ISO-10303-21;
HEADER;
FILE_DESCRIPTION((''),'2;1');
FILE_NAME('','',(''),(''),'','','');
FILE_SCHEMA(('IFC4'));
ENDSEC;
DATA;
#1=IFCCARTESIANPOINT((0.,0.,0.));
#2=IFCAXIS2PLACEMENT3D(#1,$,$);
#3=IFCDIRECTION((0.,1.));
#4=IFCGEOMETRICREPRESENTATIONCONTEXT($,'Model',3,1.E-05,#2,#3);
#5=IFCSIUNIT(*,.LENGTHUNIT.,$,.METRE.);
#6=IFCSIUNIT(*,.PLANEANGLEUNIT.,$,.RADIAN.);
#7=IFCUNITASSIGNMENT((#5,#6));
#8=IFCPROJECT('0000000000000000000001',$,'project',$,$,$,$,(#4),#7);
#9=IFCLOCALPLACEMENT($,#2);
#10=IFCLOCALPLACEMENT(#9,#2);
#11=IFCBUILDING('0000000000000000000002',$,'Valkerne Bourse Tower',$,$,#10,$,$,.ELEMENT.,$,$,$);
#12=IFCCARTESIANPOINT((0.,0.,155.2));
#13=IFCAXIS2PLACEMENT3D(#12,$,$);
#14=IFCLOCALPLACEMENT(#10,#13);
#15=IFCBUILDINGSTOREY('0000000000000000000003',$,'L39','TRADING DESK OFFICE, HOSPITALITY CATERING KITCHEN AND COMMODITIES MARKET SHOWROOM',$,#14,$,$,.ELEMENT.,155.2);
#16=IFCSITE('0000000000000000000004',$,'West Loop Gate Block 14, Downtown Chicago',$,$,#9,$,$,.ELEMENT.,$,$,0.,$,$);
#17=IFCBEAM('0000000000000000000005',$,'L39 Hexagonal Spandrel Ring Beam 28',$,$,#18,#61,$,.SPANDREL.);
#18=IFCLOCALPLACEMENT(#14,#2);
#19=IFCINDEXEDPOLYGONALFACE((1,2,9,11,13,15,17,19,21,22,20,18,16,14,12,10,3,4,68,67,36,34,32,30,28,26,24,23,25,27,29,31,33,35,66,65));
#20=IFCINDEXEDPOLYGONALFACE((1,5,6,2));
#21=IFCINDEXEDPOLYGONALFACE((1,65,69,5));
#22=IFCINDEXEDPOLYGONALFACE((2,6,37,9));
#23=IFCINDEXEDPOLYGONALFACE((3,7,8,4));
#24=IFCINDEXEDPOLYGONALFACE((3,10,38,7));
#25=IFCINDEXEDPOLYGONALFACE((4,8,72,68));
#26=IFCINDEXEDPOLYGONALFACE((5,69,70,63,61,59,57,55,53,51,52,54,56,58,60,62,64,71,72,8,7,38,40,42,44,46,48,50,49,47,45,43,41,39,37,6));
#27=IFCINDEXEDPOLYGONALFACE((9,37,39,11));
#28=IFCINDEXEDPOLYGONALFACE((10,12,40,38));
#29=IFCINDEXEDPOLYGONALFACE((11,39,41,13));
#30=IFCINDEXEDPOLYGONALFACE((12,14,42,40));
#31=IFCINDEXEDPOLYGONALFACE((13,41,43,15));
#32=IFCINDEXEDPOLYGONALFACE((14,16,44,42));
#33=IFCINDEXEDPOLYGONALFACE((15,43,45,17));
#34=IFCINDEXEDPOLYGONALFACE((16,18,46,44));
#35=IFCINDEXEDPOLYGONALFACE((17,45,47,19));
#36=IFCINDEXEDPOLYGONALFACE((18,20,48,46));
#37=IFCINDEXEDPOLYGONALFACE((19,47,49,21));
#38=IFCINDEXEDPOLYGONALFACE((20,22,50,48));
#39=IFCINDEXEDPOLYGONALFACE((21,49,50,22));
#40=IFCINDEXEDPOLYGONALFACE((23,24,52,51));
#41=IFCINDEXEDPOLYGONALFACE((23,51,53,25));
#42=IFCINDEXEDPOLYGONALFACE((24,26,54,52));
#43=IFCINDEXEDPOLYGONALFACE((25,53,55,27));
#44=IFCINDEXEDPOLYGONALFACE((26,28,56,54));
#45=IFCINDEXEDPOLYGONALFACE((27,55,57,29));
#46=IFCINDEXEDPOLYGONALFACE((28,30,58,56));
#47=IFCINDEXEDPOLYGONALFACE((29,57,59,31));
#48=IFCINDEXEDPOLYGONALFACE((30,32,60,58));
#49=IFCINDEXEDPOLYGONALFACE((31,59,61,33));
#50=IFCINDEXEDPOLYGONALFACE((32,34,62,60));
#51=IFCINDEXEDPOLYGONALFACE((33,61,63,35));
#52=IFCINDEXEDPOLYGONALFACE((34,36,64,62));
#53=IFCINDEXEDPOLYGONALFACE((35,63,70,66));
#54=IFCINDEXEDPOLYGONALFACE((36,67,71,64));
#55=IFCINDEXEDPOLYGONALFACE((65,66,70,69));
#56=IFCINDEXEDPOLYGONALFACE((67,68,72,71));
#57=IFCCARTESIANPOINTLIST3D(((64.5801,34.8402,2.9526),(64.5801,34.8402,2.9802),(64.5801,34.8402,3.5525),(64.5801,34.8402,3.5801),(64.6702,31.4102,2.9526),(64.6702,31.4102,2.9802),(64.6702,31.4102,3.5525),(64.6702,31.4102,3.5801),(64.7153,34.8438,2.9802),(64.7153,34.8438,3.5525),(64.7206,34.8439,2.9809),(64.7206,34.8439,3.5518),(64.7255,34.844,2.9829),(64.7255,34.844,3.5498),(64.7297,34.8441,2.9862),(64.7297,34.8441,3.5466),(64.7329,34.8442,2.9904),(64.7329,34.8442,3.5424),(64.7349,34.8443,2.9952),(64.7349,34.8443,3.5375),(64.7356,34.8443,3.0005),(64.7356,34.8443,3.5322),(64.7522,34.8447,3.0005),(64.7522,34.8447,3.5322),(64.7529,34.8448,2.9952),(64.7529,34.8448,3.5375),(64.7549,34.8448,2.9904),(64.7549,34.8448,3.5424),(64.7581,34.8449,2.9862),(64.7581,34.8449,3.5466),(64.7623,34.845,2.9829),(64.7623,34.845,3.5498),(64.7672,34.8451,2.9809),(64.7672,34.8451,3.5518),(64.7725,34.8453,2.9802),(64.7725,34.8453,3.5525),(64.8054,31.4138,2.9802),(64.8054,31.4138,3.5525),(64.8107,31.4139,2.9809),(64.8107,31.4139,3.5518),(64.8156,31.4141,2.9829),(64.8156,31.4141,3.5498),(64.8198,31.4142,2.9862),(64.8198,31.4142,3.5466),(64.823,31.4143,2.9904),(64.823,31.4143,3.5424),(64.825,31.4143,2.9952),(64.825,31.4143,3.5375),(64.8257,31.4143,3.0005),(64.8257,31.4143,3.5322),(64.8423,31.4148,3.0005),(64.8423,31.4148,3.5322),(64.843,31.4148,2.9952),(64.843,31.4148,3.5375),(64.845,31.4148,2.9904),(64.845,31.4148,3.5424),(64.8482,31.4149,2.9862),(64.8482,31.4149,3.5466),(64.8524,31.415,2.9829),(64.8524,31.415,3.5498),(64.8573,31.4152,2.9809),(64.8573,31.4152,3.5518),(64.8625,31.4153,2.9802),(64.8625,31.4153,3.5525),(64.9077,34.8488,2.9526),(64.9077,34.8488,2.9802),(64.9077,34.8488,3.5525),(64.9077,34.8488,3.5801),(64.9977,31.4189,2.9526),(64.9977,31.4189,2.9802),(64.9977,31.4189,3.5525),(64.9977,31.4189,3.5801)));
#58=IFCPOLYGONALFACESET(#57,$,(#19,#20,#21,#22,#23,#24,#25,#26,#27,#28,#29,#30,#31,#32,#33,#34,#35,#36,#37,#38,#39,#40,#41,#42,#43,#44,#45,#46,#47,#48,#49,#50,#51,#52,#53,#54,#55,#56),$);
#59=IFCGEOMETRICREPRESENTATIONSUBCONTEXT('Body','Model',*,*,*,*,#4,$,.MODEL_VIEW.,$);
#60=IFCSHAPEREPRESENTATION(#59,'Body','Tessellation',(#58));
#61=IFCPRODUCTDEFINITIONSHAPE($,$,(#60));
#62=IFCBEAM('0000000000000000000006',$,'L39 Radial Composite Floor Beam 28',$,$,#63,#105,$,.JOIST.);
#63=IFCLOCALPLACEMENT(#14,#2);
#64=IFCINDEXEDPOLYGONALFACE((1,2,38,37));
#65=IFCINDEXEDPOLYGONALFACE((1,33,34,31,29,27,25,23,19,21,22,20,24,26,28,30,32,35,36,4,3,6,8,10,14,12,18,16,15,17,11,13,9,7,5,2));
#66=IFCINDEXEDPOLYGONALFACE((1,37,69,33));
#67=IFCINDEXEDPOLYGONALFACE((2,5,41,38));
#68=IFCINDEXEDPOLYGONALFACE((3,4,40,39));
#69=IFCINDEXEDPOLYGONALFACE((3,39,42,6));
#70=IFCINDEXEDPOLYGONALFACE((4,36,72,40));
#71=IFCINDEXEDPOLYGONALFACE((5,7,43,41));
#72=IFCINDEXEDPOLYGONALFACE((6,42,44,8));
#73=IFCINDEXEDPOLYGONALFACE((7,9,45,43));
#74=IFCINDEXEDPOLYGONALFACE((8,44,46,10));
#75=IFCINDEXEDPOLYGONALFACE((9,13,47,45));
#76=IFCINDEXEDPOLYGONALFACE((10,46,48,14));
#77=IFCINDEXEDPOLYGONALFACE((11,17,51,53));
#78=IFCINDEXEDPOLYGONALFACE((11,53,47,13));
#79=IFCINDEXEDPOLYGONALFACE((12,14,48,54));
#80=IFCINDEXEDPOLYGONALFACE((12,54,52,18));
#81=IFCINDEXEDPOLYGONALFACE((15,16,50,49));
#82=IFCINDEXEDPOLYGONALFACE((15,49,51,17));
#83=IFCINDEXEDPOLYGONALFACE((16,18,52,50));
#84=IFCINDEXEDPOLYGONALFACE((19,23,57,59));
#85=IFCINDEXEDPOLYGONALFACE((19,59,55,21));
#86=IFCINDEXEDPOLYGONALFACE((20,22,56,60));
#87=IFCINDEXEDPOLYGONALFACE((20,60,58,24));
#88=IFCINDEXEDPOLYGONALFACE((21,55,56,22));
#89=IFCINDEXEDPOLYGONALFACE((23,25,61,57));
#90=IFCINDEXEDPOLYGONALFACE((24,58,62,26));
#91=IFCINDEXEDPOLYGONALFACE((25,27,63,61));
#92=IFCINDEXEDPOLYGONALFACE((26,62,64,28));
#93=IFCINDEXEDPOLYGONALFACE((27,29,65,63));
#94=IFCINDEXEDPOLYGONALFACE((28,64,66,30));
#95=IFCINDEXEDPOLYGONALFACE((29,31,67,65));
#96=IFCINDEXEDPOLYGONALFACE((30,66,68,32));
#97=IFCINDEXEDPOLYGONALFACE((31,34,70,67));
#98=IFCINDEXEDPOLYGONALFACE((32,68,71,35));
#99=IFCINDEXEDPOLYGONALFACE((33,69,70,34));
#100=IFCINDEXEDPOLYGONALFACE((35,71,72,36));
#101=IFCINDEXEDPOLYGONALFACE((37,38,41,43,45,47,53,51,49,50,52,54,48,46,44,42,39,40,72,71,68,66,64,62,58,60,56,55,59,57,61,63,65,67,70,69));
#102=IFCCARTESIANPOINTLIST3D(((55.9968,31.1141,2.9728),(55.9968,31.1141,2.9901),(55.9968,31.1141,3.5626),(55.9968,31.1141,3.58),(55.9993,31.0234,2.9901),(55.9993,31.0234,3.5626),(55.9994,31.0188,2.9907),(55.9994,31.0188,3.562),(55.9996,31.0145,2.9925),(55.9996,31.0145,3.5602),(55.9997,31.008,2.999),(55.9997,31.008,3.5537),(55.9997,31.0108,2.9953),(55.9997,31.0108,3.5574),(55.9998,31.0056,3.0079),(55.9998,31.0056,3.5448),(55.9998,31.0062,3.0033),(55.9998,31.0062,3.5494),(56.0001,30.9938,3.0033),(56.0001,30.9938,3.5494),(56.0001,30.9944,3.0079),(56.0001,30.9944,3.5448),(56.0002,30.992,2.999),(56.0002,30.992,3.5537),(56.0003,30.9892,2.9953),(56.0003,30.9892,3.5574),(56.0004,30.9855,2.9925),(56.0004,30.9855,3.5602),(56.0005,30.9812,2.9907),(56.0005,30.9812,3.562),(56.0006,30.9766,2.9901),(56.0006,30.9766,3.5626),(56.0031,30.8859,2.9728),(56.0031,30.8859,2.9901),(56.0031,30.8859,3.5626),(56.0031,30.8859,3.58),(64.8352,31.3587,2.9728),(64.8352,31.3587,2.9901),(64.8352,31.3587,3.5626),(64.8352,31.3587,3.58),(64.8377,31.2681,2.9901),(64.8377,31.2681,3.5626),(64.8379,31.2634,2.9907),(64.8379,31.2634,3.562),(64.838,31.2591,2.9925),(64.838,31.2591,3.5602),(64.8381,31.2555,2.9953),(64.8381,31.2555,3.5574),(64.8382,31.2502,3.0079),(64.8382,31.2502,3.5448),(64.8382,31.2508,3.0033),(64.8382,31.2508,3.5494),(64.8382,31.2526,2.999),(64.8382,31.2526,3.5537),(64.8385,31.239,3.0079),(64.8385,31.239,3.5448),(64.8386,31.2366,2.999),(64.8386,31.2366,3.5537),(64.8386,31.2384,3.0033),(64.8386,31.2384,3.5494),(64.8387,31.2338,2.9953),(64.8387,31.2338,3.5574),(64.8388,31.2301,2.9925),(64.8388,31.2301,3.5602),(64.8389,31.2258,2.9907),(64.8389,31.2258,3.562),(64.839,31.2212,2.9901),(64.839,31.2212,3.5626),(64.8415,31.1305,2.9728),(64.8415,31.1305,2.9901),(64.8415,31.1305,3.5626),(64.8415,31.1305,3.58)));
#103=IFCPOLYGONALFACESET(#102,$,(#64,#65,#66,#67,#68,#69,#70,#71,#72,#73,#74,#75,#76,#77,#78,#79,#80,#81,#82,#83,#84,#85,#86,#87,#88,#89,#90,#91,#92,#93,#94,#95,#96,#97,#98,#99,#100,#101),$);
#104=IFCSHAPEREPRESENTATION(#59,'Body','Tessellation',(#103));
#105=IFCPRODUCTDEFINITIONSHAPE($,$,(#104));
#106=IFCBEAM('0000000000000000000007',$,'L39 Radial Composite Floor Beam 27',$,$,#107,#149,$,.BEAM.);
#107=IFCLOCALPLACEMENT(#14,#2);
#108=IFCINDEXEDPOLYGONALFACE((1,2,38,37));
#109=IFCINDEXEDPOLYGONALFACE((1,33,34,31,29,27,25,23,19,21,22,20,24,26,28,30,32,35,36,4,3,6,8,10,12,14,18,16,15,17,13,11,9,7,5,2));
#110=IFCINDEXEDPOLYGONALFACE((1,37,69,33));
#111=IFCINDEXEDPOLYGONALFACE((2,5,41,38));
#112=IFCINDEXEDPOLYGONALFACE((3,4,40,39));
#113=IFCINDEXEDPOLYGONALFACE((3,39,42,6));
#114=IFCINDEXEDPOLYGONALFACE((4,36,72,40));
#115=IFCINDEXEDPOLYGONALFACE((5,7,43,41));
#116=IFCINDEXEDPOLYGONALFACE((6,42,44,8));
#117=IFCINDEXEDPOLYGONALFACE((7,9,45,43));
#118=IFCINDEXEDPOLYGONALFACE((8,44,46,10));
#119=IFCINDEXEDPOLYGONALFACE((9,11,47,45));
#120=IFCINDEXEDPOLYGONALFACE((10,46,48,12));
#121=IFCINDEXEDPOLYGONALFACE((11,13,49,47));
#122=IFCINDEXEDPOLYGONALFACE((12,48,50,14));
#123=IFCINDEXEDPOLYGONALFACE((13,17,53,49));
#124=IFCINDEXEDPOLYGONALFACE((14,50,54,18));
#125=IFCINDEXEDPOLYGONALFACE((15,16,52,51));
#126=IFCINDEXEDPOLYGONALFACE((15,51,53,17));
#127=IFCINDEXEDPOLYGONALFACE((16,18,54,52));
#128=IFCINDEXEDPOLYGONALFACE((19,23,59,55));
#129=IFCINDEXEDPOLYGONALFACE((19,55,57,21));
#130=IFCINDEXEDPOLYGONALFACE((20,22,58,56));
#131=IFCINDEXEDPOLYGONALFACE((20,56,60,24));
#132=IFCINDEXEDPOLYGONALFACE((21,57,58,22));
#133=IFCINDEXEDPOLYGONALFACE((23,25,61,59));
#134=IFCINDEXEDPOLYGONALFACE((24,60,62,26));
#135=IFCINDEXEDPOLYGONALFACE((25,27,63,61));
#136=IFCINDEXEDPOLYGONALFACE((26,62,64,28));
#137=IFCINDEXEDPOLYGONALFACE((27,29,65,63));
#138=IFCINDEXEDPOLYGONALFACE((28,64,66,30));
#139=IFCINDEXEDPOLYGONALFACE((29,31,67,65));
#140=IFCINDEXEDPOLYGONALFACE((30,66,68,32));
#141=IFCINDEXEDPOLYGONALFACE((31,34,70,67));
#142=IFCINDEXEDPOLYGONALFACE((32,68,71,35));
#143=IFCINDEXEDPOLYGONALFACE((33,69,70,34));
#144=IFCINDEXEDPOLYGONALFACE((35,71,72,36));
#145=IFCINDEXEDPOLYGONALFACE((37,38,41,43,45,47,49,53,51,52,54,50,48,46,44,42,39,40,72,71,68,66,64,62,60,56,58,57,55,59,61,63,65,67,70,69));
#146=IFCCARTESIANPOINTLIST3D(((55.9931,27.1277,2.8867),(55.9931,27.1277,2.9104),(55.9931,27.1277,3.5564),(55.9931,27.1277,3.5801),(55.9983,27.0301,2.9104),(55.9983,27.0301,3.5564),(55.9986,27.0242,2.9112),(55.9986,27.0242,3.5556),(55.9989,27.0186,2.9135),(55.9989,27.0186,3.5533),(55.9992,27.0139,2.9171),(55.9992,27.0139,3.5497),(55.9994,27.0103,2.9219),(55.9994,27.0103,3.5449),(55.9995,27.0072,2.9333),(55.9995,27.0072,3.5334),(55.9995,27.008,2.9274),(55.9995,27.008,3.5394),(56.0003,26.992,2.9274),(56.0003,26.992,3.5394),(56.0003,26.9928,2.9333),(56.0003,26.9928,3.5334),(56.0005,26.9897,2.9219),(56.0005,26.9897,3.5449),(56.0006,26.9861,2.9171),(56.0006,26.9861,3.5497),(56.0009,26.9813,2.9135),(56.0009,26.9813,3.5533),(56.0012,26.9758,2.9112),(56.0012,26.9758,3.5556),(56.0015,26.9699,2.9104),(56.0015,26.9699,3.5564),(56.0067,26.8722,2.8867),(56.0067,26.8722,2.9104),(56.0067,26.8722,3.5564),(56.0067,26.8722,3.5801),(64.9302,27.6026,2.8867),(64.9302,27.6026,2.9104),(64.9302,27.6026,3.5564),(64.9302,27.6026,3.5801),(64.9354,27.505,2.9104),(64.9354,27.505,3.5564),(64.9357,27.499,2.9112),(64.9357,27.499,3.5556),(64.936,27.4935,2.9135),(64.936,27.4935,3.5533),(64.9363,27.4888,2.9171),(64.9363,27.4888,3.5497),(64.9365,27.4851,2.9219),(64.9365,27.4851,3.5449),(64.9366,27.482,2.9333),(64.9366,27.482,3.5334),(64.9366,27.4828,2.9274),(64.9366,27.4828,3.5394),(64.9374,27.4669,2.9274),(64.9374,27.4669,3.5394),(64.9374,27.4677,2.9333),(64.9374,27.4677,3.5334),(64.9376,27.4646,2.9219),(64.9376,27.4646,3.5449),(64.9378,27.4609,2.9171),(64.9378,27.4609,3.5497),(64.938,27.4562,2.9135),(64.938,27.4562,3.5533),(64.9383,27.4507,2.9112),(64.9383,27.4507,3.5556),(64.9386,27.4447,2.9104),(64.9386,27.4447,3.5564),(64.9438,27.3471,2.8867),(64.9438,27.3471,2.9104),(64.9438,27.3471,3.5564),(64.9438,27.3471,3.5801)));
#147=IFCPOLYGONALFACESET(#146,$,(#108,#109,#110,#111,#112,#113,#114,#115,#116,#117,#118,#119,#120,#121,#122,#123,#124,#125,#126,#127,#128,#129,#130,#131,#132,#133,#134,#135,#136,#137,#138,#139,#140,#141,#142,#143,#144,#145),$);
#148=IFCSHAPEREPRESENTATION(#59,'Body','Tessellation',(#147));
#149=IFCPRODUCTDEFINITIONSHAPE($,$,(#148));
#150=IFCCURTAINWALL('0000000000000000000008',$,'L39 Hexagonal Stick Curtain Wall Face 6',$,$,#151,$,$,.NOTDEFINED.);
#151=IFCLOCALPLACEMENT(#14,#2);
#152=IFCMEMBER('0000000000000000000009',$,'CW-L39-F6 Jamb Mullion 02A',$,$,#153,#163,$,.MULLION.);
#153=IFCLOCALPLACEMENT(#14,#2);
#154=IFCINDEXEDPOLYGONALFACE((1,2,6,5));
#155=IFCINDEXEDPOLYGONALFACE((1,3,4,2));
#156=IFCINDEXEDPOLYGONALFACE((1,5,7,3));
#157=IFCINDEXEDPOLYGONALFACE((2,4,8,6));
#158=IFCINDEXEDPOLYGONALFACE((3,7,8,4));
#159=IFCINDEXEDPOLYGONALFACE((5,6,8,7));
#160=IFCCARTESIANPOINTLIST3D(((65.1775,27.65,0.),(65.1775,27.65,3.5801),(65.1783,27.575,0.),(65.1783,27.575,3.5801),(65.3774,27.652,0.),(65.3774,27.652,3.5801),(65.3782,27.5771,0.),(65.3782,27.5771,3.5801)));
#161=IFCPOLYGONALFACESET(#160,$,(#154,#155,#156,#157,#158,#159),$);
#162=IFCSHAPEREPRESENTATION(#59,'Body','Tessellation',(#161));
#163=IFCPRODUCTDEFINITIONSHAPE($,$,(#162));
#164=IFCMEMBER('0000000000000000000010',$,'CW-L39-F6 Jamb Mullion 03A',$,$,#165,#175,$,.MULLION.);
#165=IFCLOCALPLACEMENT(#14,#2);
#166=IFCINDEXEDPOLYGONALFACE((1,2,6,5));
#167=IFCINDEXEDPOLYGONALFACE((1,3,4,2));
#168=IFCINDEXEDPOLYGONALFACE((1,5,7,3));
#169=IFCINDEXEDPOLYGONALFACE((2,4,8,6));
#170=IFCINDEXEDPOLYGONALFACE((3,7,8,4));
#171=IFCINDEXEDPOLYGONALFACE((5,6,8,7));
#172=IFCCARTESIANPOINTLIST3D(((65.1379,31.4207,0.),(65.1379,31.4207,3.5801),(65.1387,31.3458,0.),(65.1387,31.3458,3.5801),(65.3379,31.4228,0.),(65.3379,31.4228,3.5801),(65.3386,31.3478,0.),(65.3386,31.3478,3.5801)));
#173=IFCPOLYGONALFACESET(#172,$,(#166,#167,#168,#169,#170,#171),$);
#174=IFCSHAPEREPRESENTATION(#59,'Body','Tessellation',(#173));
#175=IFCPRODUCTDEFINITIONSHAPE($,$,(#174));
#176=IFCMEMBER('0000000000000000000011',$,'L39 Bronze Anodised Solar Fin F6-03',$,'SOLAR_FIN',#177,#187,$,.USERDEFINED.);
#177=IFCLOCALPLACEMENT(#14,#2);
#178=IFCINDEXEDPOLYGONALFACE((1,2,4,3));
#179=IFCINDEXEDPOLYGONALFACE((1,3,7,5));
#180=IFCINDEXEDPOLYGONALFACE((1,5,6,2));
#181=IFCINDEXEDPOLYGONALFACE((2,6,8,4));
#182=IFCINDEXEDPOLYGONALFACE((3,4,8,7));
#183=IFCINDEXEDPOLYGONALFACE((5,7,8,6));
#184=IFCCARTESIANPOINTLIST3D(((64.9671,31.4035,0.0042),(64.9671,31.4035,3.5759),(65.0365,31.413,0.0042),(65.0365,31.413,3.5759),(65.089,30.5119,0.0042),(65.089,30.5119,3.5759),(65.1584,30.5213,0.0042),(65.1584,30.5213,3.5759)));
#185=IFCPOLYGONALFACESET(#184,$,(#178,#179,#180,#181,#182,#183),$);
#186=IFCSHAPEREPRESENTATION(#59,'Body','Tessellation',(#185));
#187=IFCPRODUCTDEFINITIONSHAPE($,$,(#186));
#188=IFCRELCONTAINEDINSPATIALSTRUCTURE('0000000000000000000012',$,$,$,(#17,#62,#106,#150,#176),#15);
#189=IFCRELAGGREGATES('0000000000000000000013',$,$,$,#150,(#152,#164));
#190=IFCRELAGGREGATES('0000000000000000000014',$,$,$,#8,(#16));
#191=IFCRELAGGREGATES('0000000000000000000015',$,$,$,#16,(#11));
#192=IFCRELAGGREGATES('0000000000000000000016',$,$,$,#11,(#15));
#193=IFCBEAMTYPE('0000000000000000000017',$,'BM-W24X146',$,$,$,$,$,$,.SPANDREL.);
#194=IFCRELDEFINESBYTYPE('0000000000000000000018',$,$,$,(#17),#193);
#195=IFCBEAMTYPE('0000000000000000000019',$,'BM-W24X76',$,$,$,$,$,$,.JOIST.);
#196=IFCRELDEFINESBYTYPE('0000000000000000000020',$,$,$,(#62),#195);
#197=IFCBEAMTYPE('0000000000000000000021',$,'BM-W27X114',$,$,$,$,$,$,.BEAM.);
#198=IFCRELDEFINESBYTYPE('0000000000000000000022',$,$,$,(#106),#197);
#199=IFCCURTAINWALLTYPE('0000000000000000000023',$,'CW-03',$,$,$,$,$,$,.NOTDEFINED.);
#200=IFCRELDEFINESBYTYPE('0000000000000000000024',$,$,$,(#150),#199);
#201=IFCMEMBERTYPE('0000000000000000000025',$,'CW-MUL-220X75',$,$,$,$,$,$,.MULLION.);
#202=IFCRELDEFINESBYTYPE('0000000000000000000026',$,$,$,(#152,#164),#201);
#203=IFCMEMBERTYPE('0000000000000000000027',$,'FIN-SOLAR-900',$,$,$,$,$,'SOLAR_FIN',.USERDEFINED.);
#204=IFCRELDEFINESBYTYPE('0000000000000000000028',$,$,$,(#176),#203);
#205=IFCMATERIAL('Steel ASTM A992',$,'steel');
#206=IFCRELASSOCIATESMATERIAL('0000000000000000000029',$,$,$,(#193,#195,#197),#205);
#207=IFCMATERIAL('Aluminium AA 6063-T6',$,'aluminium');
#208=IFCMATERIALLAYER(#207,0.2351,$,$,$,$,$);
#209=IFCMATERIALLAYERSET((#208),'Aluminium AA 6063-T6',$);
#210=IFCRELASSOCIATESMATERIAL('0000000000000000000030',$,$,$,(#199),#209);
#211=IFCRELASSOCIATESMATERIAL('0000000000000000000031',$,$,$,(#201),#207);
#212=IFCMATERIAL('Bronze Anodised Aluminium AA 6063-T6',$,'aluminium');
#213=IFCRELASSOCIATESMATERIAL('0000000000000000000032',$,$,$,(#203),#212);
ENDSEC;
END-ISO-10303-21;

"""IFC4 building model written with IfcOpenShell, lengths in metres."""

from ifc_helpers import new_model, si_unit, direction, frame, origin, origin_2d, place, context, subcontext, project, spatial, rectangle, i_section, extrude, material, layer, layer_set, material_profile, profile_set, type_object, element, aggregate, save


model = new_model("IFC4")

# Units and contexts
model_context = context("Model", 3, precision=1e-05, world=origin(), true_north=direction((0.0, 1.0)))
body_context = subcontext(model_context, "Body", "Model", "MODEL_VIEW")
ifc_project = project(units=[si_unit("LENGTHUNIT", "METRE"), si_unit("PLANEANGLEUNIT", "RADIAN")], contexts=[model_context])

# Site, building, storey
site_placement = place(None, origin())
site = spatial("IfcSite", under=ifc_project, at=site_placement, Name="West Loop Gate Block 14, Downtown Chicago", CompositionType="ELEMENT", RefElevation=0.0)
building_placement = place(site_placement, origin())
building = spatial("IfcBuilding", under=site, at=building_placement, Name="Valkerne Bourse Tower", CompositionType="ELEMENT")
storey_placement = place(building_placement, frame((0.0, 0.0, 155.2)))
storey = spatial("IfcBuildingStorey", under=building, at=storey_placement, Name="L39", Description="TRADING DESK OFFICE, HOSPITALITY CATERING KITCHEN AND COMMODITIES MARKET SHOWROOM", CompositionType="ELEMENT", Elevation=155.2)

# Beams
ifc_material_1 = material(Name="Steel ASTM A992", Category="steel")
ifc_material_profile_1 = material_profile(ifc_material_1, i_section(OverallWidth=0.3276, OverallDepth=0.6274, WebThickness=0.0166, FlangeThickness=0.0276, FilletRadius=0.0203, at=origin_2d()), Name="W24X146")
ifc_profile_set_1 = profile_set([ifc_material_profile_1], Name="Steel ASTM A992")
beam_type_1 = type_object("IfcBeamType", Name="BM-W24X146", PredefinedType="SPANDREL", material=ifc_profile_set_1)
for number, where, z_axis, x_axis, name in (
    (1, (64.834, 31.4146, 3.2664), (-0.026256, 0.999655, 0.0), (-0.999655, -0.026256, 0.0), "L39 Hexagonal Spandrel Ring Beam 28"),
):
    element("IfcBeam", number, at=place(storey_placement, frame(where, z_axis=z_axis, x_axis=x_axis)), inside=storey, type_object=beam_type_1, Name=name, PredefinedType="SPANDREL", context=body_context, shape_type="SweptSolid", body=[
        extrude(i_section(OverallWidth=0.3276, OverallDepth=0.6274, WebThickness=0.0166, FlangeThickness=0.0276, FilletRadius=0.0203, at=origin_2d()), origin(), (0.0, 0.0, 1.0), 3.4312),
    ])
ifc_material_profile_2 = material_profile(ifc_material_1, i_section(OverallWidth=0.2283, OverallDepth=0.6072, WebThickness=0.0112, FlangeThickness=0.0173, FilletRadius=0.0178, at=origin_2d()), Name="W24X76")
ifc_profile_set_2 = profile_set([ifc_material_profile_2], Name="Steel ASTM A992")
beam_type_2 = type_object("IfcBeamType", Name="BM-W24X76", PredefinedType="JOIST", material=ifc_profile_set_2)
beam_1_placement = place(storey_placement, frame((64.8384, 31.2446, 3.2764), z_axis=(-0.999617, -0.027667, 0.0), x_axis=(0.027667, -0.999617, 0.0)))
element("IfcBeam", 2, at=beam_1_placement, inside=storey, type_object=beam_type_2, Name="L39 Radial Composite Floor Beam 28", PredefinedType="JOIST", context=body_context, shape_type="SweptSolid", body=[
    extrude(i_section(OverallWidth=0.2283, OverallDepth=0.6072, WebThickness=0.0112, FlangeThickness=0.0173, FilletRadius=0.0178, at=origin_2d()), origin(), (0.0, 0.0, 1.0), 8.8418),
])
ifc_material_profile_3 = material_profile(ifc_material_1, i_section(OverallWidth=0.2559, OverallDepth=0.6934, WebThickness=0.0144, FlangeThickness=0.0237, FilletRadius=0.0229, at=origin_2d()), Name="W27X114")
ifc_profile_set_3 = profile_set([ifc_material_profile_3], Name="Steel ASTM A992")
beam_type_3 = type_object("IfcBeamType", Name="BM-W27X114", PredefinedType="BEAM", material=ifc_profile_set_3)
beam_2_placement = place(storey_placement, frame((64.937, 27.4749, 3.2334), z_axis=(-0.998591, -0.053059, 0.0), x_axis=(0.053059, -0.998591, 0.0)))
element("IfcBeam", 3, at=beam_2_placement, inside=storey, type_object=beam_type_3, Name="L39 Radial Composite Floor Beam 27", PredefinedType="BEAM", context=body_context, shape_type="SweptSolid", body=[
    extrude(i_section(OverallWidth=0.2559, OverallDepth=0.6934, WebThickness=0.0144, FlangeThickness=0.0237, FilletRadius=0.0229, at=origin_2d()), origin(), (0.0, 0.0, 1.0), 8.9497),
])

# Curtain wall, members
ifc_material_2 = material(Name="Aluminium AA 6063-T6", Category="aluminium")
ifc_layer_1 = layer(ifc_material_2, 0.2351)
ifc_layer_set_1 = layer_set([ifc_layer_1], Name="Aluminium AA 6063-T6")
curtain_wall_type = type_object("IfcCurtainWallType", Name="CW-03", PredefinedType="NOTDEFINED", material=ifc_layer_set_1)
curtain_wall_placement = place(storey_placement, origin())
curtain_wall = element("IfcCurtainWall", 4, at=curtain_wall_placement, inside=storey, type_object=curtain_wall_type, Name="L39 Hexagonal Stick Curtain Wall Face 6", PredefinedType="NOTDEFINED")
ifc_material_profile_4 = material_profile(ifc_material_2, rectangle(XDim=0.075, YDim=0.2, at=origin_2d()), Name="CWM-75X200")
ifc_profile_set_4 = profile_set([ifc_material_profile_4], Name="Aluminium AA 6063-T6")
member_type_1 = type_object("IfcMemberType", Name="CW-MUL-220X75", PredefinedType="MULLION", material=ifc_profile_set_4)
member_1_placement = place(storey_placement, frame((65.2778, 27.6135, 0.0), z_axis=(0.0, 0.0, 1.0), x_axis=(-0.010475, 0.999945, 0.0)))
member_1 = element("IfcMember", 5, at=member_1_placement, type_object=member_type_1, Name="CW-L39-F6 Jamb Mullion 02A", PredefinedType="MULLION", context=body_context, shape_type="SweptSolid", body=[
    extrude(rectangle(XDim=0.075, YDim=0.2, at=origin_2d()), origin(), (0.0, 0.0, 1.0), 3.5801),
])
member_2_placement = place(storey_placement, frame((65.2383, 31.3843, 0.0), z_axis=(0.0, 0.0, 1.0), x_axis=(-0.010448, 0.999945, 0.0)))
member_2 = element("IfcMember", 6, at=member_2_placement, type_object=member_type_1, Name="CW-L39-F6 Jamb Mullion 03A", PredefinedType="MULLION", context=body_context, shape_type="SweptSolid", body=[
    extrude(rectangle(XDim=0.075, YDim=0.2, at=origin_2d()), origin(), (0.0, 0.0, 1.0), 3.5801),
])

# Member
ifc_material_3 = material(Name="Bronze Anodised Aluminium AA 6063-T6", Category="aluminium")
ifc_material_profile_5 = material_profile(ifc_material_3, rectangle(XDim=0.0701, YDim=0.8999, at=origin_2d()), Name="FIN-70X900")
ifc_profile_set_5 = profile_set([ifc_material_profile_5], Name="Bronze Anodised Aluminium AA 6063-T6")
member_type_2 = type_object("IfcMemberType", Name="FIN-SOLAR-900", ElementType="SOLAR_FIN", PredefinedType="USERDEFINED", material=ifc_profile_set_5)
member_3_placement = place(storey_placement, frame((65.0627, 30.9624, 0.0042), z_axis=(0.0, 0.0, 1.0), x_axis=(0.990775, 0.135517, 0.0)))
element("IfcMember", 7, at=member_3_placement, inside=storey, type_object=member_type_2, Name="L39 Bronze Anodised Solar Fin F6-03", ObjectType="SOLAR_FIN", PredefinedType="USERDEFINED", context=body_context, shape_type="SweptSolid", body=[
    extrude(rectangle(XDim=0.0701, YDim=0.8999, at=origin_2d()), origin(), (0.0, 0.0, 1.0), 3.5718),
])

aggregate(curtain_wall, [member_1, member_2])

save(model, "model.ifc")
